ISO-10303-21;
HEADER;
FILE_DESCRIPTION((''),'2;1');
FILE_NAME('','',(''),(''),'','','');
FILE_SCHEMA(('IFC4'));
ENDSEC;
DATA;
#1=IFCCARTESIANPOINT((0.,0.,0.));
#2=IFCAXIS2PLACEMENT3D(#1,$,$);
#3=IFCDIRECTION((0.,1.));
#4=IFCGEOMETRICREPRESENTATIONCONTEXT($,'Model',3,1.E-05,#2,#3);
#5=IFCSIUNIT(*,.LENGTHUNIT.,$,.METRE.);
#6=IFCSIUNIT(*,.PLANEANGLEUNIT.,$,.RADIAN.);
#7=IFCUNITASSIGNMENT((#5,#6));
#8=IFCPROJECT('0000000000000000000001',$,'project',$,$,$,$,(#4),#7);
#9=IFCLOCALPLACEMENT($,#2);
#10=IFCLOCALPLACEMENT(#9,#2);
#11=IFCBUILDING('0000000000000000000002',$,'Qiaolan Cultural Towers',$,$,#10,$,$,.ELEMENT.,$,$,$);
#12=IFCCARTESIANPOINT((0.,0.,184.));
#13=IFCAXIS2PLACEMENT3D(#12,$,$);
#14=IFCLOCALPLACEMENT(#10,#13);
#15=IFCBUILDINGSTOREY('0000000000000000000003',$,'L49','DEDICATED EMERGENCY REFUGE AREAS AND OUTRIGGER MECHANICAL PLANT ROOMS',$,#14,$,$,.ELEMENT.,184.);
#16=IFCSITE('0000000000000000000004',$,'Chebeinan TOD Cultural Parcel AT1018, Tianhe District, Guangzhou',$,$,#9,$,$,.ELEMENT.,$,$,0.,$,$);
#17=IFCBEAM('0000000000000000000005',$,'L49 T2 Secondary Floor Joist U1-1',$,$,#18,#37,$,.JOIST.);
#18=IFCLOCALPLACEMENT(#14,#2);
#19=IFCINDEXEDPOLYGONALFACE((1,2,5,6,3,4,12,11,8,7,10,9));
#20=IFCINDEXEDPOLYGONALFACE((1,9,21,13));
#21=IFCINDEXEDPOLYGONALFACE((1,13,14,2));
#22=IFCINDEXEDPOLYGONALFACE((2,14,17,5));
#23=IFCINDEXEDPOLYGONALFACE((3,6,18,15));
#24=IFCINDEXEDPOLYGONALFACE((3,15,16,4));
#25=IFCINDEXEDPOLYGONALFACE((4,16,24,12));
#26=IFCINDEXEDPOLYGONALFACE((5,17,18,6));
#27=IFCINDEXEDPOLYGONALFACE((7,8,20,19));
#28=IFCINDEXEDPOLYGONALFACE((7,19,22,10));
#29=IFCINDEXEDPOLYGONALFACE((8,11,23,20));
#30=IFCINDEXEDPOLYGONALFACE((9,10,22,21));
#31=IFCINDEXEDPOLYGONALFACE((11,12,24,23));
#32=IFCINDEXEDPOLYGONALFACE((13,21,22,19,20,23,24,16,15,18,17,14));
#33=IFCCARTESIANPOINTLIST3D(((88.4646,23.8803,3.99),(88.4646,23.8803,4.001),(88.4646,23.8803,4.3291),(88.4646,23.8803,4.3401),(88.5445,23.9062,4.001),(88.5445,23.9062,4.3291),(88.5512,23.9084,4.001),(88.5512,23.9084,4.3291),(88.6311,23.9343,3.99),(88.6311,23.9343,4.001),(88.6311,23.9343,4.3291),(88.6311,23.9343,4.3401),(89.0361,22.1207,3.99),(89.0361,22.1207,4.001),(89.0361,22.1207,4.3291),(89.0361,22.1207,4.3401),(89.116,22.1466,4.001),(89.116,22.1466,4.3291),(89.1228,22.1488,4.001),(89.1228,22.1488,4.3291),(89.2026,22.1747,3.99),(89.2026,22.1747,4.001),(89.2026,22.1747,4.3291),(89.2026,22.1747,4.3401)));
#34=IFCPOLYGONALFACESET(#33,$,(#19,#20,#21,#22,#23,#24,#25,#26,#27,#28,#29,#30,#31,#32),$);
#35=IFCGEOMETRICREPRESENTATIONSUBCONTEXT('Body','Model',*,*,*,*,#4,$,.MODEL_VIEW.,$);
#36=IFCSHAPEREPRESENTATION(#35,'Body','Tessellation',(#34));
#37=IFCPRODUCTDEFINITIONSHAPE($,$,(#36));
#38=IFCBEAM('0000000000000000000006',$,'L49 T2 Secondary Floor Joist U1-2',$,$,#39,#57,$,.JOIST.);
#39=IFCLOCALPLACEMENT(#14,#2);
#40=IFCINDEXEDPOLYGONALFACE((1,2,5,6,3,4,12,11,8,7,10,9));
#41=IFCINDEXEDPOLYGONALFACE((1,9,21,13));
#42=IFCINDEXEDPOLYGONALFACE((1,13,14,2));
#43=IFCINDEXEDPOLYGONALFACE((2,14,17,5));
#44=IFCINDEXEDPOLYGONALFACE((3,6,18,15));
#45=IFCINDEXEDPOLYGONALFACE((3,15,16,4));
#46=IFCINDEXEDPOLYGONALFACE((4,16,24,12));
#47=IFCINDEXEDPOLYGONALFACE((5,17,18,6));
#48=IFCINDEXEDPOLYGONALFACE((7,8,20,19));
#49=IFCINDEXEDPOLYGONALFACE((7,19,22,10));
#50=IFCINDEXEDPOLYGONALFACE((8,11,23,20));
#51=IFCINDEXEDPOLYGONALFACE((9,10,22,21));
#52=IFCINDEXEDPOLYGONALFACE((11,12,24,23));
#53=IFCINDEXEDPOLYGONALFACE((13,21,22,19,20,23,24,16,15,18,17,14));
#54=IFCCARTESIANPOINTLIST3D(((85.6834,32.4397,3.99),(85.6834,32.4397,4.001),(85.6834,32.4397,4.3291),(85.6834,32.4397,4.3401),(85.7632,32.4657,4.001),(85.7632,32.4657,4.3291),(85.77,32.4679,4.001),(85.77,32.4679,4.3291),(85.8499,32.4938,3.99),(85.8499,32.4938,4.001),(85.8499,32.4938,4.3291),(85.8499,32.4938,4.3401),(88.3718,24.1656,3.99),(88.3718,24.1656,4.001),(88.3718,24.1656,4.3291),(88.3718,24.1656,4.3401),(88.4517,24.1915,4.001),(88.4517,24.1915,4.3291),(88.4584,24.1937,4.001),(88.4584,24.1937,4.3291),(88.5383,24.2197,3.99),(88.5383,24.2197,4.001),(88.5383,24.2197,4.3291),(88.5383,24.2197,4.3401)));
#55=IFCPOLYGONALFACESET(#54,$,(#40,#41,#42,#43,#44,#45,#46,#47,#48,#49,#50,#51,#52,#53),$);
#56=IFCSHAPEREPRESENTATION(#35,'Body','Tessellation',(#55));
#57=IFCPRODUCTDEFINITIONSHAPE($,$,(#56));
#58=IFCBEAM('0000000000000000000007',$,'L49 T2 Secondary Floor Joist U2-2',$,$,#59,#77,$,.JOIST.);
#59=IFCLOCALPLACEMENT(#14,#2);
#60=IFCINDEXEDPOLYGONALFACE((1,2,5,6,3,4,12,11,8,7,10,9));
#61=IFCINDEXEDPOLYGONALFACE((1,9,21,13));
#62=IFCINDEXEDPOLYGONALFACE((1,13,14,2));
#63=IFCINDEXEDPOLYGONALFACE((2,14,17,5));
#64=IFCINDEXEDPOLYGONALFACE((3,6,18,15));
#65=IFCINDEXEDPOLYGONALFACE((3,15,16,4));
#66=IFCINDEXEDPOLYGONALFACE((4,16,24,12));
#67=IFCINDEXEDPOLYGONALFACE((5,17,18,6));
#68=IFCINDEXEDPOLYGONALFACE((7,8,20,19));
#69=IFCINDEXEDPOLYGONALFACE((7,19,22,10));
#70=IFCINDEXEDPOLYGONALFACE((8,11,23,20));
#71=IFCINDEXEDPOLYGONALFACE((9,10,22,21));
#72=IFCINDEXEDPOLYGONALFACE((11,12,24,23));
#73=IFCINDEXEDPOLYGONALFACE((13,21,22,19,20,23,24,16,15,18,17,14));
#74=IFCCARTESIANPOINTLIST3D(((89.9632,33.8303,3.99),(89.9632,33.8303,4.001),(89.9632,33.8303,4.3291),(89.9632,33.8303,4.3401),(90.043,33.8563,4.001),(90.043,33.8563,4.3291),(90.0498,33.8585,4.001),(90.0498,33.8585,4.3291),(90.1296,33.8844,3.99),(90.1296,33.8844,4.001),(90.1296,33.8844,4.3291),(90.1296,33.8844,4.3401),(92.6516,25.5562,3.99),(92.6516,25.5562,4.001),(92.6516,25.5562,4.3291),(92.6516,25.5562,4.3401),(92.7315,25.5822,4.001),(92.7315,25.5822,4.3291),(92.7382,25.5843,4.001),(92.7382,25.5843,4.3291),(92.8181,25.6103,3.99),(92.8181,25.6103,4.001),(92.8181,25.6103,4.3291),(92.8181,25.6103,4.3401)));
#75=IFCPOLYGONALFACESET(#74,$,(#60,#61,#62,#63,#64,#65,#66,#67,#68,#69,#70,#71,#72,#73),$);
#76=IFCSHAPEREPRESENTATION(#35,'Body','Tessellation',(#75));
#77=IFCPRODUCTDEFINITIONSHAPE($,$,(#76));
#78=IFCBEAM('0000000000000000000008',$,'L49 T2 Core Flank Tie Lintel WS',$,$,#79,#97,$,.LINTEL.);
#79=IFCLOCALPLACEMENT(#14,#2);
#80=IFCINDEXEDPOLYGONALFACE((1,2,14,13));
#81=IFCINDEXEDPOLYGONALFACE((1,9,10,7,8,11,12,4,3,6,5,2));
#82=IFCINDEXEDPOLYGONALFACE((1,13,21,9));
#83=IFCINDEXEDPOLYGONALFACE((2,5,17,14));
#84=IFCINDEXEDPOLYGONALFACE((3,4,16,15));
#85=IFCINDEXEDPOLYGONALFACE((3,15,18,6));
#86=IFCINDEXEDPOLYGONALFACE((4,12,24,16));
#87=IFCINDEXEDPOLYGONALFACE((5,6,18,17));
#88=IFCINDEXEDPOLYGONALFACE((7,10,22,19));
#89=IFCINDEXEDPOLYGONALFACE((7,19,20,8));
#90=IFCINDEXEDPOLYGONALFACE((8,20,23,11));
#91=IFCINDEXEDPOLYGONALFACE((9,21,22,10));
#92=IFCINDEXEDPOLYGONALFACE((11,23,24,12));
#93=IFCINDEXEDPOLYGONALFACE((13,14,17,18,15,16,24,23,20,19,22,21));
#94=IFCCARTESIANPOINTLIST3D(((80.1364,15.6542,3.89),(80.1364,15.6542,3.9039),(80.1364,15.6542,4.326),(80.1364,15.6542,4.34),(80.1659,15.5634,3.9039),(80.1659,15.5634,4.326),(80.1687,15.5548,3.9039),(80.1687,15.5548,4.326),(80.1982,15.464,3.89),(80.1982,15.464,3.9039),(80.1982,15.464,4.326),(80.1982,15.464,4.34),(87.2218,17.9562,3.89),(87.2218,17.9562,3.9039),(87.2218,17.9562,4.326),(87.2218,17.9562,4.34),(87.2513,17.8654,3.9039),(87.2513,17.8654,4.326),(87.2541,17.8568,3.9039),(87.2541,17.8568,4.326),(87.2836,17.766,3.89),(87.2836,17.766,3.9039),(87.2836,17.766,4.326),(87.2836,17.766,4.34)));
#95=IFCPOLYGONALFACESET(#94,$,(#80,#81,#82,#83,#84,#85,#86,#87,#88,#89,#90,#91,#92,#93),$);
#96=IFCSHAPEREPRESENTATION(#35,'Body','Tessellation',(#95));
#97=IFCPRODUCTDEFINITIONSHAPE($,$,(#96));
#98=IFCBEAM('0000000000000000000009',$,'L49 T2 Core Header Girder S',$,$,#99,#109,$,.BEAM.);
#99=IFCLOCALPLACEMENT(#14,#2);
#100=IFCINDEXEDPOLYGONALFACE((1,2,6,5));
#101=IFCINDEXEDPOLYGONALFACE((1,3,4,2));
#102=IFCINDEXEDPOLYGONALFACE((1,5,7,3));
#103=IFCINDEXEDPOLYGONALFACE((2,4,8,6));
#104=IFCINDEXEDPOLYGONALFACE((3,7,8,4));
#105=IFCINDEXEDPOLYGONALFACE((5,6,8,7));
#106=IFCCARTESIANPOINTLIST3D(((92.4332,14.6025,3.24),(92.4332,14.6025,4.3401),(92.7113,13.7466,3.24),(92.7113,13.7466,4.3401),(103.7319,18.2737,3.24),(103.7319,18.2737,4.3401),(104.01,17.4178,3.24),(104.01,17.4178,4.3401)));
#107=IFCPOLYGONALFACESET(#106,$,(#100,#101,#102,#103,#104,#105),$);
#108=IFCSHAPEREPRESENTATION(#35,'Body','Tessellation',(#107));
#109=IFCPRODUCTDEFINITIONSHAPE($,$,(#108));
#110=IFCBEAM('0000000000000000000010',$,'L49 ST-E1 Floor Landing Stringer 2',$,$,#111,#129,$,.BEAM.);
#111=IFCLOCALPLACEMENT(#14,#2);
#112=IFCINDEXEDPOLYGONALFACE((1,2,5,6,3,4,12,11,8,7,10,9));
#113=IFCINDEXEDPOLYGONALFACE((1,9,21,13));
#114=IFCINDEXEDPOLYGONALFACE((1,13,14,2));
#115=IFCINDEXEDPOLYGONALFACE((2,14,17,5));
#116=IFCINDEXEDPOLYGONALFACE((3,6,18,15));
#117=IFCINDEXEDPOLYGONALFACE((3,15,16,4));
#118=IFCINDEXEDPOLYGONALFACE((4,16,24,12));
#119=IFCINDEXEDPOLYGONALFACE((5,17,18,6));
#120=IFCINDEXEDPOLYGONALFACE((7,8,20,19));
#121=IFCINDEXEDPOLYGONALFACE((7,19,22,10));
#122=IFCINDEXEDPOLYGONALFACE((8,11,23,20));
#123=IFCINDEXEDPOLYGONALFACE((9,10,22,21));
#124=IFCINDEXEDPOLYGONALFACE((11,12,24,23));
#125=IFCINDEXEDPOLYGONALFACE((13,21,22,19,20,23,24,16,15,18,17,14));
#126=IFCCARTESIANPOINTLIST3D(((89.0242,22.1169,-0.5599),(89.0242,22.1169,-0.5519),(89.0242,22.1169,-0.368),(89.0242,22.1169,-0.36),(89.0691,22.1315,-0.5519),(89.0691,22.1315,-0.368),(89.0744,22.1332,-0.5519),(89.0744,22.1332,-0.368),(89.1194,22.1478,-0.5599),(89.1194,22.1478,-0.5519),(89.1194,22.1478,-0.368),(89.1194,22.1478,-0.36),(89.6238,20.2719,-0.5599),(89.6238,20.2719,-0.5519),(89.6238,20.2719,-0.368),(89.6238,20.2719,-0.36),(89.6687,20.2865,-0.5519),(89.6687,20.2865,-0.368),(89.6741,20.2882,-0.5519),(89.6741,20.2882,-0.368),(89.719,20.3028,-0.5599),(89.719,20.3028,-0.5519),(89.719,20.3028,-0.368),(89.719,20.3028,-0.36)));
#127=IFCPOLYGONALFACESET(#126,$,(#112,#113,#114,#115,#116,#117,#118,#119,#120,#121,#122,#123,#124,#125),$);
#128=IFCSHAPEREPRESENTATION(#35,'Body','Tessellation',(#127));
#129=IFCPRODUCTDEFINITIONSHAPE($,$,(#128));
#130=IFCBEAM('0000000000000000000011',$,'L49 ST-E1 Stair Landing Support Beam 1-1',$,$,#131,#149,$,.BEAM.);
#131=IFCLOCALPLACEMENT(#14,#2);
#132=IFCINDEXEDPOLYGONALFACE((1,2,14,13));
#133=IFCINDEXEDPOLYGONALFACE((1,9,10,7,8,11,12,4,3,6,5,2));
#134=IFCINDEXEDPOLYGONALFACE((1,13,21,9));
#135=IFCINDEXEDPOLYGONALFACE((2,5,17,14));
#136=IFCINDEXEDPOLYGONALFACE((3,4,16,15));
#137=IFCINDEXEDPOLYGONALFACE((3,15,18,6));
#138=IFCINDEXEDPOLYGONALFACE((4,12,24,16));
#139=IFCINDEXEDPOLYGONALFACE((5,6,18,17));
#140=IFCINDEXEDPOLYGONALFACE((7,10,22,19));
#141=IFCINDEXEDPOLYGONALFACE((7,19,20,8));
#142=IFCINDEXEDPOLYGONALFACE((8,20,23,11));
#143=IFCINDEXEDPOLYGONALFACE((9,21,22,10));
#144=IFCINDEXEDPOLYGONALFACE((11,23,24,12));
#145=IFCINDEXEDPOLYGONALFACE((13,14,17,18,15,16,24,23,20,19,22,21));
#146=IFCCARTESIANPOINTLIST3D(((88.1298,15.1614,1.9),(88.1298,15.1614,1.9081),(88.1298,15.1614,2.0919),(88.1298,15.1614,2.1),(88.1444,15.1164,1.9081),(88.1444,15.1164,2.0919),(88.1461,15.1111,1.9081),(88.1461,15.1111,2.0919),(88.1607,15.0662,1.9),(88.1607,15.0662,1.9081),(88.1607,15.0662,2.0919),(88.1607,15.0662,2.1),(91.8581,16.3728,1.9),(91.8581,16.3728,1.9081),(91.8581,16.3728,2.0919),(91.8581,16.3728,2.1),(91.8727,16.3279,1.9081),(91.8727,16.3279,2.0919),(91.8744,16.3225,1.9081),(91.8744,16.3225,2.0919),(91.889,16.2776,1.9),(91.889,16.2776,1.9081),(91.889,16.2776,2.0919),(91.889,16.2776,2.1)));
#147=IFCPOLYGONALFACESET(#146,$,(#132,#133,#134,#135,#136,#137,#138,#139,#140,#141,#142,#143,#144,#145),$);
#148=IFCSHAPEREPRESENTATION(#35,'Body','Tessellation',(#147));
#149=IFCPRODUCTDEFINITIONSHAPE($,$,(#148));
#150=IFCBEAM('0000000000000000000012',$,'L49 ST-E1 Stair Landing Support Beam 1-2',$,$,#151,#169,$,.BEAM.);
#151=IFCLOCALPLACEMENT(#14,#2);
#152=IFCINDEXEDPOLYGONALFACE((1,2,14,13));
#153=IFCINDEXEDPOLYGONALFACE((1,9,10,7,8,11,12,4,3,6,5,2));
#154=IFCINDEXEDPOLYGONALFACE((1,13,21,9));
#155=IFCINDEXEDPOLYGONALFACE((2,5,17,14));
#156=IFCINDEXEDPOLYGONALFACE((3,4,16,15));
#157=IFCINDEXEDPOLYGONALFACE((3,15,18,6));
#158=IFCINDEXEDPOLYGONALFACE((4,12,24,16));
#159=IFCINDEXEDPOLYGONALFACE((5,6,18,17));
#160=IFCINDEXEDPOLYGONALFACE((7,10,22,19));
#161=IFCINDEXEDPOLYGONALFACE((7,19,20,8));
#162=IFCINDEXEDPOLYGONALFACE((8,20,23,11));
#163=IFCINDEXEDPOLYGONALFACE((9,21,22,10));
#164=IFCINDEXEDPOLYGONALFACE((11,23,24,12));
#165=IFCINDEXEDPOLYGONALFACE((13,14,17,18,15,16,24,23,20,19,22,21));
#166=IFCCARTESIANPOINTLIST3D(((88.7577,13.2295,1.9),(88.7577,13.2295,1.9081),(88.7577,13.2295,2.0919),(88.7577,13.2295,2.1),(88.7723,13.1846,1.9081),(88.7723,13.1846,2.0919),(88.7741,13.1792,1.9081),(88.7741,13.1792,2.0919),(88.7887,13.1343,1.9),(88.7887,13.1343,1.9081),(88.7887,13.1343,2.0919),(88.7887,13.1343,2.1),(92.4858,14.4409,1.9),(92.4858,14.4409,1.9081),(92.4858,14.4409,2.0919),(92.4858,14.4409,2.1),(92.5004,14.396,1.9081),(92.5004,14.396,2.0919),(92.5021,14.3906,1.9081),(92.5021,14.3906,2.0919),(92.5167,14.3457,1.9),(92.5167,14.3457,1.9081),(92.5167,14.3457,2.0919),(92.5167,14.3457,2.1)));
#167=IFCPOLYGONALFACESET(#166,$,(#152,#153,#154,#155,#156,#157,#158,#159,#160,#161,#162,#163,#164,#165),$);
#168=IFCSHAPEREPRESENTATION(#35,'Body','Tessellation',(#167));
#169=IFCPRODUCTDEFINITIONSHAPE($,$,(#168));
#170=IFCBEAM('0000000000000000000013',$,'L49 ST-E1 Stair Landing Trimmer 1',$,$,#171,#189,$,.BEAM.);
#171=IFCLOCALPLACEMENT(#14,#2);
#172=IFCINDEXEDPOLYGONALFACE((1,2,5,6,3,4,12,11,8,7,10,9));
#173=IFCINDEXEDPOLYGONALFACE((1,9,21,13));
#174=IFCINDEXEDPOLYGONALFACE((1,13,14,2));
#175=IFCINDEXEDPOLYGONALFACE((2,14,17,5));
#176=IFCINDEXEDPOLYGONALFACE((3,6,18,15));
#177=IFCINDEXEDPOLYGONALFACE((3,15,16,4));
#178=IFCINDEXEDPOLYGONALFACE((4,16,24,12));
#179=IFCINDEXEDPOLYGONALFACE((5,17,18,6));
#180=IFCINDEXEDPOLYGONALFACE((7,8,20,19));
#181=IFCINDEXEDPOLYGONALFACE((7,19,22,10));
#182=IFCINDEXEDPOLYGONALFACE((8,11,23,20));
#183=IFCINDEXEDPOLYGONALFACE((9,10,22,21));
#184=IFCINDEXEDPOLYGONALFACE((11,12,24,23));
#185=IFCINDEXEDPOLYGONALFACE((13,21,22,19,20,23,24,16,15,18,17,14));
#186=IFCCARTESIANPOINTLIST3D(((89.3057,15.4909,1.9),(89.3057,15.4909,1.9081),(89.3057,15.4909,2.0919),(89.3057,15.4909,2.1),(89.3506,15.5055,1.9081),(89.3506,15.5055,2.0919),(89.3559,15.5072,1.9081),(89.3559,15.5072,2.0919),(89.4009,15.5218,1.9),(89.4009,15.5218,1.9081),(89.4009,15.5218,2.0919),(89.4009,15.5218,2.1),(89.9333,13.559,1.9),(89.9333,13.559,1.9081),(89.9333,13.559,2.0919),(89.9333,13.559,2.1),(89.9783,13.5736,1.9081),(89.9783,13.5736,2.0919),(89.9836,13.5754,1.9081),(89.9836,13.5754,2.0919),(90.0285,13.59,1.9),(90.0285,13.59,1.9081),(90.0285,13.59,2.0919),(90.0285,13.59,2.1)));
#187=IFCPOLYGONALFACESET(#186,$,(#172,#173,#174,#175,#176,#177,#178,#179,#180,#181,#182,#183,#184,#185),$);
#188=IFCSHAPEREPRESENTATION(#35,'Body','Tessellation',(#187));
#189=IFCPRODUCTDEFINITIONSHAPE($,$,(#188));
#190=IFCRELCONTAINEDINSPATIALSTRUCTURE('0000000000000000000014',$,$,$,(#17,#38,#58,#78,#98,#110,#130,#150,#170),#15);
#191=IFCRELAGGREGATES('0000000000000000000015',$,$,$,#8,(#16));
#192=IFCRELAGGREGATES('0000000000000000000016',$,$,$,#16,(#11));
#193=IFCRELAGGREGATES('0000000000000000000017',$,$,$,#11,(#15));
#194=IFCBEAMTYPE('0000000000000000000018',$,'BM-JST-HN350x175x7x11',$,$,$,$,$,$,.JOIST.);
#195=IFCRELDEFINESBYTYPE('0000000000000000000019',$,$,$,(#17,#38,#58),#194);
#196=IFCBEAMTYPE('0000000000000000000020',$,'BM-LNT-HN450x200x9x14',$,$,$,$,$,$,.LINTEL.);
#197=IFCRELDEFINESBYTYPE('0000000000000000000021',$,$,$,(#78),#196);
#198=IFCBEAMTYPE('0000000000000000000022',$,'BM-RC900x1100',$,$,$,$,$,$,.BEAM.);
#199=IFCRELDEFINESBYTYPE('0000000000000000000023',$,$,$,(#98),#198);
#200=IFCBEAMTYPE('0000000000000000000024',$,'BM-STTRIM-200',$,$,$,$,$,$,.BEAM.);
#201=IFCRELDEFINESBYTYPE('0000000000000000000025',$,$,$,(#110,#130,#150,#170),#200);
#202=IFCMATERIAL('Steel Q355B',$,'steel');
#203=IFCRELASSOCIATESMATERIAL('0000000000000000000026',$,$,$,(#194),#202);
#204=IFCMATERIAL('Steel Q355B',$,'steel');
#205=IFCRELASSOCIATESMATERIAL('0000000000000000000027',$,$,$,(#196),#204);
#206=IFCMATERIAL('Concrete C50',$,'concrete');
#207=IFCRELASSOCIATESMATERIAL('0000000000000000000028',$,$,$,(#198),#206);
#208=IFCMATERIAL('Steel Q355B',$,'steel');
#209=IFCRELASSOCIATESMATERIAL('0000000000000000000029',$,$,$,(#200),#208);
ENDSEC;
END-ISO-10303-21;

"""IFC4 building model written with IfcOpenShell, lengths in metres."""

from ifc_helpers import new_model, si_unit, direction, frame, origin, origin_2d, place, context, subcontext, project, spatial, rectangle, i_section, extrude, material, material_profile, profile_set, type_object, element, save


model = new_model("IFC4")

# Units and contexts
model_context = context("Model", 3, precision=1e-05, world=origin(), true_north=direction((0.0, 1.0)))
body_context = subcontext(model_context, "Body", "Model", "MODEL_VIEW")
ifc_project = project(units=[si_unit("LENGTHUNIT", "METRE"), si_unit("PLANEANGLEUNIT", "RADIAN")], contexts=[model_context])

# Site, building, storey
site_placement = place(None, origin())
site = spatial("IfcSite", under=ifc_project, at=site_placement, Name="Chebeinan TOD Cultural Parcel AT1018, Tianhe District, Guangzhou", CompositionType="ELEMENT", RefElevation=0.0)
building_placement = place(site_placement, origin())
building = spatial("IfcBuilding", under=site, at=building_placement, Name="Qiaolan Cultural Towers", CompositionType="ELEMENT")
storey_placement = place(building_placement, frame((0.0, 0.0, 184.0)))
storey = spatial("IfcBuildingStorey", under=building, at=storey_placement, Name="L49", Description="DEDICATED EMERGENCY REFUGE AREAS AND OUTRIGGER MECHANICAL PLANT ROOMS", CompositionType="ELEMENT", Elevation=184.0)

# Beams
ifc_material_1 = material(Name="Steel Q355B", Category="steel")
ifc_material_profile_1 = material_profile(ifc_material_1, i_section(OverallWidth=0.175, OverallDepth=0.3501, WebThickness=0.0071, FlangeThickness=0.011, at=origin_2d()), Name="HN350x175x7x11")
ifc_profile_set_1 = profile_set([ifc_material_profile_1], Name="Steel Q355B")
beam_type_1 = type_object("IfcBeamType", Name="BM-JST-HN350x175x7x11", PredefinedType="JOIST", material=ifc_profile_set_1)
beam_1_placement = place(storey_placement, frame((89.1194, 22.1477, 4.165), z_axis=(-0.308934, 0.951084, 0.0), x_axis=(-0.951084, -0.308934, 0.0)))
element("IfcBeam", 1, at=beam_1_placement, inside=storey, type_object=beam_type_1, Name="L49 T2 Secondary Floor Joist U1-1", PredefinedType="JOIST", context=body_context, shape_type="SweptSolid", body=[
    extrude(i_section(OverallWidth=0.175, OverallDepth=0.3501, WebThickness=0.0071, FlangeThickness=0.011, at=origin_2d()), origin(), (0.0, 0.0, 1.0), 1.8501),
])
for number, where, z_axis, x_axis, name in (
    (2, (88.4551, 24.1926, 4.165), (-0.309021, 0.951055, 0.0), (-0.951055, -0.309021, 0.0), "L49 T2 Secondary Floor Joist U1-2"),
    (3, (92.7349, 25.5833, 4.165), (-0.309021, 0.951055, 0.0), (-0.951055, -0.309021, 0.0), "L49 T2 Secondary Floor Joist U2-2"),
):
    element("IfcBeam", number, at=place(storey_placement, frame(where, z_axis=z_axis, x_axis=x_axis)), inside=storey, type_object=beam_type_1, Name=name, PredefinedType="JOIST", context=body_context, shape_type="SweptSolid", body=[
        extrude(i_section(OverallWidth=0.175, OverallDepth=0.3501, WebThickness=0.0071, FlangeThickness=0.011, at=origin_2d()), origin(), (0.0, 0.0, 1.0), 8.7),
    ])
ifc_material_2 = material(Name="Steel Q355B", Category="steel")
ifc_material_profile_2 = material_profile(ifc_material_2, i_section(OverallWidth=0.2, OverallDepth=0.45, WebThickness=0.009, FlangeThickness=0.0139, at=origin_2d()), Name="HN450x200x9x14")
ifc_profile_set_2 = profile_set([ifc_material_profile_2], Name="Steel Q355B")
beam_type_2 = type_object("IfcBeamType", Name="BM-LNT-HN450x200x9x14", PredefinedType="LINTEL", material=ifc_profile_set_2)
beam_2_placement = place(storey_placement, frame((87.2527, 17.8611, 4.115), z_axis=(-0.951064, -0.308993, 0.0), x_axis=(0.308993, -0.951064, 0.0)))
element("IfcBeam", 4, at=beam_2_placement, inside=storey, type_object=beam_type_2, Name="L49 T2 Core Flank Tie Lintel WS", PredefinedType="LINTEL", context=body_context, shape_type="SweptSolid", body=[
    extrude(i_section(OverallWidth=0.2, OverallDepth=0.45, WebThickness=0.009, FlangeThickness=0.0139, at=origin_2d()), origin(), (0.0, 0.0, 1.0), 7.45),
])
ifc_material_3 = material(Name="Concrete C50", Category="concrete")
ifc_material_profile_3 = material_profile(ifc_material_3, rectangle(XDim=0.8999, YDim=1.1001, at=origin_2d()), Name="RC900x1100")
ifc_profile_set_3 = profile_set([ifc_material_profile_3], Name="Concrete C50")
beam_type_3 = type_object("IfcBeamType", Name="BM-RC900x1100", PredefinedType="BEAM", material=ifc_profile_set_3)
beam_3_placement = place(storey_placement, frame((92.5723, 14.1746, 3.79), z_axis=(0.951056, 0.309018, 0.0), x_axis=(-0.309018, 0.951056, 0.0)))
element("IfcBeam", 5, at=beam_3_placement, inside=storey, type_object=beam_type_3, Name="L49 T2 Core Header Girder S", PredefinedType="BEAM", context=body_context, shape_type="SweptSolid", body=[
    extrude(rectangle(XDim=0.8999, YDim=1.1001, at=origin_2d()), origin(), (0.0, 0.0, 1.0), 11.8801),
])
ifc_material_4 = material(Name="Steel Q355B", Category="steel")
ifc_material_profile_4 = material_profile(ifc_material_4, i_section(OverallWidth=0.1001, OverallDepth=0.2, WebThickness=0.0056, FlangeThickness=0.0081, at=origin_2d()), Name="HN200x100x5.5x8")
ifc_profile_set_4 = profile_set([ifc_material_profile_4], Name="Steel Q355B")
beam_type_4 = type_object("IfcBeamType", Name="BM-STTRIM-200", PredefinedType="BEAM", material=ifc_profile_set_4)
beam_4_placement = place(storey_placement, frame((89.0718, 22.1323, -0.46), z_axis=(0.309083, -0.951035, 0.0), x_axis=(0.951035, 0.309083, 0.0)))
element("IfcBeam", 6, at=beam_4_placement, inside=storey, type_object=beam_type_4, Name="L49 ST-E1 Floor Landing Stringer 2", PredefinedType="BEAM", context=body_context, shape_type="SweptSolid", body=[
    extrude(i_section(OverallWidth=0.1001, OverallDepth=0.2, WebThickness=0.0056, FlangeThickness=0.0081, at=origin_2d()), origin(), (0.0, 0.0, 1.0), 1.9399),
])
beam_5_placement = place(storey_placement, frame((88.1453, 15.1138, 2.0), z_axis=(0.951054, 0.309026, 0.0), x_axis=(-0.309026, 0.951054, 0.0)))
element("IfcBeam", 7, at=beam_5_placement, inside=storey, type_object=beam_type_4, Name="L49 ST-E1 Stair Landing Support Beam 1-1", PredefinedType="BEAM", context=body_context, shape_type="SweptSolid", body=[
    extrude(i_section(OverallWidth=0.1001, OverallDepth=0.2, WebThickness=0.0056, FlangeThickness=0.0081, at=origin_2d()), origin(), (0.0, 0.0, 1.0), 3.9202),
])
beam_6_placement = place(storey_placement, frame((88.7732, 13.1819, 2.0), z_axis=(0.951048, 0.309044, 0.0), x_axis=(-0.309044, 0.951048, 0.0)))
element("IfcBeam", 8, at=beam_6_placement, inside=storey, type_object=beam_type_4, Name="L49 ST-E1 Stair Landing Support Beam 1-2", PredefinedType="BEAM", context=body_context, shape_type="SweptSolid", body=[
    extrude(i_section(OverallWidth=0.1001, OverallDepth=0.2, WebThickness=0.0056, FlangeThickness=0.0081, at=origin_2d()), origin(), (0.0, 0.0, 1.0), 3.9199),
])
beam_7_placement = place(storey_placement, frame((89.3533, 15.5063, 2.0), z_axis=(0.309007, -0.95106, 0.0), x_axis=(0.95106, 0.309007, 0.0)))
element("IfcBeam", 9, at=beam_7_placement, inside=storey, type_object=beam_type_4, Name="L49 ST-E1 Stair Landing Trimmer 1", PredefinedType="BEAM", context=body_context, shape_type="SweptSolid", body=[
    extrude(i_section(OverallWidth=0.1001, OverallDepth=0.2, WebThickness=0.0056, FlangeThickness=0.0081, at=origin_2d()), origin(), (0.0, 0.0, 1.0), 2.0312),
])

save(model, "model.ifc")
